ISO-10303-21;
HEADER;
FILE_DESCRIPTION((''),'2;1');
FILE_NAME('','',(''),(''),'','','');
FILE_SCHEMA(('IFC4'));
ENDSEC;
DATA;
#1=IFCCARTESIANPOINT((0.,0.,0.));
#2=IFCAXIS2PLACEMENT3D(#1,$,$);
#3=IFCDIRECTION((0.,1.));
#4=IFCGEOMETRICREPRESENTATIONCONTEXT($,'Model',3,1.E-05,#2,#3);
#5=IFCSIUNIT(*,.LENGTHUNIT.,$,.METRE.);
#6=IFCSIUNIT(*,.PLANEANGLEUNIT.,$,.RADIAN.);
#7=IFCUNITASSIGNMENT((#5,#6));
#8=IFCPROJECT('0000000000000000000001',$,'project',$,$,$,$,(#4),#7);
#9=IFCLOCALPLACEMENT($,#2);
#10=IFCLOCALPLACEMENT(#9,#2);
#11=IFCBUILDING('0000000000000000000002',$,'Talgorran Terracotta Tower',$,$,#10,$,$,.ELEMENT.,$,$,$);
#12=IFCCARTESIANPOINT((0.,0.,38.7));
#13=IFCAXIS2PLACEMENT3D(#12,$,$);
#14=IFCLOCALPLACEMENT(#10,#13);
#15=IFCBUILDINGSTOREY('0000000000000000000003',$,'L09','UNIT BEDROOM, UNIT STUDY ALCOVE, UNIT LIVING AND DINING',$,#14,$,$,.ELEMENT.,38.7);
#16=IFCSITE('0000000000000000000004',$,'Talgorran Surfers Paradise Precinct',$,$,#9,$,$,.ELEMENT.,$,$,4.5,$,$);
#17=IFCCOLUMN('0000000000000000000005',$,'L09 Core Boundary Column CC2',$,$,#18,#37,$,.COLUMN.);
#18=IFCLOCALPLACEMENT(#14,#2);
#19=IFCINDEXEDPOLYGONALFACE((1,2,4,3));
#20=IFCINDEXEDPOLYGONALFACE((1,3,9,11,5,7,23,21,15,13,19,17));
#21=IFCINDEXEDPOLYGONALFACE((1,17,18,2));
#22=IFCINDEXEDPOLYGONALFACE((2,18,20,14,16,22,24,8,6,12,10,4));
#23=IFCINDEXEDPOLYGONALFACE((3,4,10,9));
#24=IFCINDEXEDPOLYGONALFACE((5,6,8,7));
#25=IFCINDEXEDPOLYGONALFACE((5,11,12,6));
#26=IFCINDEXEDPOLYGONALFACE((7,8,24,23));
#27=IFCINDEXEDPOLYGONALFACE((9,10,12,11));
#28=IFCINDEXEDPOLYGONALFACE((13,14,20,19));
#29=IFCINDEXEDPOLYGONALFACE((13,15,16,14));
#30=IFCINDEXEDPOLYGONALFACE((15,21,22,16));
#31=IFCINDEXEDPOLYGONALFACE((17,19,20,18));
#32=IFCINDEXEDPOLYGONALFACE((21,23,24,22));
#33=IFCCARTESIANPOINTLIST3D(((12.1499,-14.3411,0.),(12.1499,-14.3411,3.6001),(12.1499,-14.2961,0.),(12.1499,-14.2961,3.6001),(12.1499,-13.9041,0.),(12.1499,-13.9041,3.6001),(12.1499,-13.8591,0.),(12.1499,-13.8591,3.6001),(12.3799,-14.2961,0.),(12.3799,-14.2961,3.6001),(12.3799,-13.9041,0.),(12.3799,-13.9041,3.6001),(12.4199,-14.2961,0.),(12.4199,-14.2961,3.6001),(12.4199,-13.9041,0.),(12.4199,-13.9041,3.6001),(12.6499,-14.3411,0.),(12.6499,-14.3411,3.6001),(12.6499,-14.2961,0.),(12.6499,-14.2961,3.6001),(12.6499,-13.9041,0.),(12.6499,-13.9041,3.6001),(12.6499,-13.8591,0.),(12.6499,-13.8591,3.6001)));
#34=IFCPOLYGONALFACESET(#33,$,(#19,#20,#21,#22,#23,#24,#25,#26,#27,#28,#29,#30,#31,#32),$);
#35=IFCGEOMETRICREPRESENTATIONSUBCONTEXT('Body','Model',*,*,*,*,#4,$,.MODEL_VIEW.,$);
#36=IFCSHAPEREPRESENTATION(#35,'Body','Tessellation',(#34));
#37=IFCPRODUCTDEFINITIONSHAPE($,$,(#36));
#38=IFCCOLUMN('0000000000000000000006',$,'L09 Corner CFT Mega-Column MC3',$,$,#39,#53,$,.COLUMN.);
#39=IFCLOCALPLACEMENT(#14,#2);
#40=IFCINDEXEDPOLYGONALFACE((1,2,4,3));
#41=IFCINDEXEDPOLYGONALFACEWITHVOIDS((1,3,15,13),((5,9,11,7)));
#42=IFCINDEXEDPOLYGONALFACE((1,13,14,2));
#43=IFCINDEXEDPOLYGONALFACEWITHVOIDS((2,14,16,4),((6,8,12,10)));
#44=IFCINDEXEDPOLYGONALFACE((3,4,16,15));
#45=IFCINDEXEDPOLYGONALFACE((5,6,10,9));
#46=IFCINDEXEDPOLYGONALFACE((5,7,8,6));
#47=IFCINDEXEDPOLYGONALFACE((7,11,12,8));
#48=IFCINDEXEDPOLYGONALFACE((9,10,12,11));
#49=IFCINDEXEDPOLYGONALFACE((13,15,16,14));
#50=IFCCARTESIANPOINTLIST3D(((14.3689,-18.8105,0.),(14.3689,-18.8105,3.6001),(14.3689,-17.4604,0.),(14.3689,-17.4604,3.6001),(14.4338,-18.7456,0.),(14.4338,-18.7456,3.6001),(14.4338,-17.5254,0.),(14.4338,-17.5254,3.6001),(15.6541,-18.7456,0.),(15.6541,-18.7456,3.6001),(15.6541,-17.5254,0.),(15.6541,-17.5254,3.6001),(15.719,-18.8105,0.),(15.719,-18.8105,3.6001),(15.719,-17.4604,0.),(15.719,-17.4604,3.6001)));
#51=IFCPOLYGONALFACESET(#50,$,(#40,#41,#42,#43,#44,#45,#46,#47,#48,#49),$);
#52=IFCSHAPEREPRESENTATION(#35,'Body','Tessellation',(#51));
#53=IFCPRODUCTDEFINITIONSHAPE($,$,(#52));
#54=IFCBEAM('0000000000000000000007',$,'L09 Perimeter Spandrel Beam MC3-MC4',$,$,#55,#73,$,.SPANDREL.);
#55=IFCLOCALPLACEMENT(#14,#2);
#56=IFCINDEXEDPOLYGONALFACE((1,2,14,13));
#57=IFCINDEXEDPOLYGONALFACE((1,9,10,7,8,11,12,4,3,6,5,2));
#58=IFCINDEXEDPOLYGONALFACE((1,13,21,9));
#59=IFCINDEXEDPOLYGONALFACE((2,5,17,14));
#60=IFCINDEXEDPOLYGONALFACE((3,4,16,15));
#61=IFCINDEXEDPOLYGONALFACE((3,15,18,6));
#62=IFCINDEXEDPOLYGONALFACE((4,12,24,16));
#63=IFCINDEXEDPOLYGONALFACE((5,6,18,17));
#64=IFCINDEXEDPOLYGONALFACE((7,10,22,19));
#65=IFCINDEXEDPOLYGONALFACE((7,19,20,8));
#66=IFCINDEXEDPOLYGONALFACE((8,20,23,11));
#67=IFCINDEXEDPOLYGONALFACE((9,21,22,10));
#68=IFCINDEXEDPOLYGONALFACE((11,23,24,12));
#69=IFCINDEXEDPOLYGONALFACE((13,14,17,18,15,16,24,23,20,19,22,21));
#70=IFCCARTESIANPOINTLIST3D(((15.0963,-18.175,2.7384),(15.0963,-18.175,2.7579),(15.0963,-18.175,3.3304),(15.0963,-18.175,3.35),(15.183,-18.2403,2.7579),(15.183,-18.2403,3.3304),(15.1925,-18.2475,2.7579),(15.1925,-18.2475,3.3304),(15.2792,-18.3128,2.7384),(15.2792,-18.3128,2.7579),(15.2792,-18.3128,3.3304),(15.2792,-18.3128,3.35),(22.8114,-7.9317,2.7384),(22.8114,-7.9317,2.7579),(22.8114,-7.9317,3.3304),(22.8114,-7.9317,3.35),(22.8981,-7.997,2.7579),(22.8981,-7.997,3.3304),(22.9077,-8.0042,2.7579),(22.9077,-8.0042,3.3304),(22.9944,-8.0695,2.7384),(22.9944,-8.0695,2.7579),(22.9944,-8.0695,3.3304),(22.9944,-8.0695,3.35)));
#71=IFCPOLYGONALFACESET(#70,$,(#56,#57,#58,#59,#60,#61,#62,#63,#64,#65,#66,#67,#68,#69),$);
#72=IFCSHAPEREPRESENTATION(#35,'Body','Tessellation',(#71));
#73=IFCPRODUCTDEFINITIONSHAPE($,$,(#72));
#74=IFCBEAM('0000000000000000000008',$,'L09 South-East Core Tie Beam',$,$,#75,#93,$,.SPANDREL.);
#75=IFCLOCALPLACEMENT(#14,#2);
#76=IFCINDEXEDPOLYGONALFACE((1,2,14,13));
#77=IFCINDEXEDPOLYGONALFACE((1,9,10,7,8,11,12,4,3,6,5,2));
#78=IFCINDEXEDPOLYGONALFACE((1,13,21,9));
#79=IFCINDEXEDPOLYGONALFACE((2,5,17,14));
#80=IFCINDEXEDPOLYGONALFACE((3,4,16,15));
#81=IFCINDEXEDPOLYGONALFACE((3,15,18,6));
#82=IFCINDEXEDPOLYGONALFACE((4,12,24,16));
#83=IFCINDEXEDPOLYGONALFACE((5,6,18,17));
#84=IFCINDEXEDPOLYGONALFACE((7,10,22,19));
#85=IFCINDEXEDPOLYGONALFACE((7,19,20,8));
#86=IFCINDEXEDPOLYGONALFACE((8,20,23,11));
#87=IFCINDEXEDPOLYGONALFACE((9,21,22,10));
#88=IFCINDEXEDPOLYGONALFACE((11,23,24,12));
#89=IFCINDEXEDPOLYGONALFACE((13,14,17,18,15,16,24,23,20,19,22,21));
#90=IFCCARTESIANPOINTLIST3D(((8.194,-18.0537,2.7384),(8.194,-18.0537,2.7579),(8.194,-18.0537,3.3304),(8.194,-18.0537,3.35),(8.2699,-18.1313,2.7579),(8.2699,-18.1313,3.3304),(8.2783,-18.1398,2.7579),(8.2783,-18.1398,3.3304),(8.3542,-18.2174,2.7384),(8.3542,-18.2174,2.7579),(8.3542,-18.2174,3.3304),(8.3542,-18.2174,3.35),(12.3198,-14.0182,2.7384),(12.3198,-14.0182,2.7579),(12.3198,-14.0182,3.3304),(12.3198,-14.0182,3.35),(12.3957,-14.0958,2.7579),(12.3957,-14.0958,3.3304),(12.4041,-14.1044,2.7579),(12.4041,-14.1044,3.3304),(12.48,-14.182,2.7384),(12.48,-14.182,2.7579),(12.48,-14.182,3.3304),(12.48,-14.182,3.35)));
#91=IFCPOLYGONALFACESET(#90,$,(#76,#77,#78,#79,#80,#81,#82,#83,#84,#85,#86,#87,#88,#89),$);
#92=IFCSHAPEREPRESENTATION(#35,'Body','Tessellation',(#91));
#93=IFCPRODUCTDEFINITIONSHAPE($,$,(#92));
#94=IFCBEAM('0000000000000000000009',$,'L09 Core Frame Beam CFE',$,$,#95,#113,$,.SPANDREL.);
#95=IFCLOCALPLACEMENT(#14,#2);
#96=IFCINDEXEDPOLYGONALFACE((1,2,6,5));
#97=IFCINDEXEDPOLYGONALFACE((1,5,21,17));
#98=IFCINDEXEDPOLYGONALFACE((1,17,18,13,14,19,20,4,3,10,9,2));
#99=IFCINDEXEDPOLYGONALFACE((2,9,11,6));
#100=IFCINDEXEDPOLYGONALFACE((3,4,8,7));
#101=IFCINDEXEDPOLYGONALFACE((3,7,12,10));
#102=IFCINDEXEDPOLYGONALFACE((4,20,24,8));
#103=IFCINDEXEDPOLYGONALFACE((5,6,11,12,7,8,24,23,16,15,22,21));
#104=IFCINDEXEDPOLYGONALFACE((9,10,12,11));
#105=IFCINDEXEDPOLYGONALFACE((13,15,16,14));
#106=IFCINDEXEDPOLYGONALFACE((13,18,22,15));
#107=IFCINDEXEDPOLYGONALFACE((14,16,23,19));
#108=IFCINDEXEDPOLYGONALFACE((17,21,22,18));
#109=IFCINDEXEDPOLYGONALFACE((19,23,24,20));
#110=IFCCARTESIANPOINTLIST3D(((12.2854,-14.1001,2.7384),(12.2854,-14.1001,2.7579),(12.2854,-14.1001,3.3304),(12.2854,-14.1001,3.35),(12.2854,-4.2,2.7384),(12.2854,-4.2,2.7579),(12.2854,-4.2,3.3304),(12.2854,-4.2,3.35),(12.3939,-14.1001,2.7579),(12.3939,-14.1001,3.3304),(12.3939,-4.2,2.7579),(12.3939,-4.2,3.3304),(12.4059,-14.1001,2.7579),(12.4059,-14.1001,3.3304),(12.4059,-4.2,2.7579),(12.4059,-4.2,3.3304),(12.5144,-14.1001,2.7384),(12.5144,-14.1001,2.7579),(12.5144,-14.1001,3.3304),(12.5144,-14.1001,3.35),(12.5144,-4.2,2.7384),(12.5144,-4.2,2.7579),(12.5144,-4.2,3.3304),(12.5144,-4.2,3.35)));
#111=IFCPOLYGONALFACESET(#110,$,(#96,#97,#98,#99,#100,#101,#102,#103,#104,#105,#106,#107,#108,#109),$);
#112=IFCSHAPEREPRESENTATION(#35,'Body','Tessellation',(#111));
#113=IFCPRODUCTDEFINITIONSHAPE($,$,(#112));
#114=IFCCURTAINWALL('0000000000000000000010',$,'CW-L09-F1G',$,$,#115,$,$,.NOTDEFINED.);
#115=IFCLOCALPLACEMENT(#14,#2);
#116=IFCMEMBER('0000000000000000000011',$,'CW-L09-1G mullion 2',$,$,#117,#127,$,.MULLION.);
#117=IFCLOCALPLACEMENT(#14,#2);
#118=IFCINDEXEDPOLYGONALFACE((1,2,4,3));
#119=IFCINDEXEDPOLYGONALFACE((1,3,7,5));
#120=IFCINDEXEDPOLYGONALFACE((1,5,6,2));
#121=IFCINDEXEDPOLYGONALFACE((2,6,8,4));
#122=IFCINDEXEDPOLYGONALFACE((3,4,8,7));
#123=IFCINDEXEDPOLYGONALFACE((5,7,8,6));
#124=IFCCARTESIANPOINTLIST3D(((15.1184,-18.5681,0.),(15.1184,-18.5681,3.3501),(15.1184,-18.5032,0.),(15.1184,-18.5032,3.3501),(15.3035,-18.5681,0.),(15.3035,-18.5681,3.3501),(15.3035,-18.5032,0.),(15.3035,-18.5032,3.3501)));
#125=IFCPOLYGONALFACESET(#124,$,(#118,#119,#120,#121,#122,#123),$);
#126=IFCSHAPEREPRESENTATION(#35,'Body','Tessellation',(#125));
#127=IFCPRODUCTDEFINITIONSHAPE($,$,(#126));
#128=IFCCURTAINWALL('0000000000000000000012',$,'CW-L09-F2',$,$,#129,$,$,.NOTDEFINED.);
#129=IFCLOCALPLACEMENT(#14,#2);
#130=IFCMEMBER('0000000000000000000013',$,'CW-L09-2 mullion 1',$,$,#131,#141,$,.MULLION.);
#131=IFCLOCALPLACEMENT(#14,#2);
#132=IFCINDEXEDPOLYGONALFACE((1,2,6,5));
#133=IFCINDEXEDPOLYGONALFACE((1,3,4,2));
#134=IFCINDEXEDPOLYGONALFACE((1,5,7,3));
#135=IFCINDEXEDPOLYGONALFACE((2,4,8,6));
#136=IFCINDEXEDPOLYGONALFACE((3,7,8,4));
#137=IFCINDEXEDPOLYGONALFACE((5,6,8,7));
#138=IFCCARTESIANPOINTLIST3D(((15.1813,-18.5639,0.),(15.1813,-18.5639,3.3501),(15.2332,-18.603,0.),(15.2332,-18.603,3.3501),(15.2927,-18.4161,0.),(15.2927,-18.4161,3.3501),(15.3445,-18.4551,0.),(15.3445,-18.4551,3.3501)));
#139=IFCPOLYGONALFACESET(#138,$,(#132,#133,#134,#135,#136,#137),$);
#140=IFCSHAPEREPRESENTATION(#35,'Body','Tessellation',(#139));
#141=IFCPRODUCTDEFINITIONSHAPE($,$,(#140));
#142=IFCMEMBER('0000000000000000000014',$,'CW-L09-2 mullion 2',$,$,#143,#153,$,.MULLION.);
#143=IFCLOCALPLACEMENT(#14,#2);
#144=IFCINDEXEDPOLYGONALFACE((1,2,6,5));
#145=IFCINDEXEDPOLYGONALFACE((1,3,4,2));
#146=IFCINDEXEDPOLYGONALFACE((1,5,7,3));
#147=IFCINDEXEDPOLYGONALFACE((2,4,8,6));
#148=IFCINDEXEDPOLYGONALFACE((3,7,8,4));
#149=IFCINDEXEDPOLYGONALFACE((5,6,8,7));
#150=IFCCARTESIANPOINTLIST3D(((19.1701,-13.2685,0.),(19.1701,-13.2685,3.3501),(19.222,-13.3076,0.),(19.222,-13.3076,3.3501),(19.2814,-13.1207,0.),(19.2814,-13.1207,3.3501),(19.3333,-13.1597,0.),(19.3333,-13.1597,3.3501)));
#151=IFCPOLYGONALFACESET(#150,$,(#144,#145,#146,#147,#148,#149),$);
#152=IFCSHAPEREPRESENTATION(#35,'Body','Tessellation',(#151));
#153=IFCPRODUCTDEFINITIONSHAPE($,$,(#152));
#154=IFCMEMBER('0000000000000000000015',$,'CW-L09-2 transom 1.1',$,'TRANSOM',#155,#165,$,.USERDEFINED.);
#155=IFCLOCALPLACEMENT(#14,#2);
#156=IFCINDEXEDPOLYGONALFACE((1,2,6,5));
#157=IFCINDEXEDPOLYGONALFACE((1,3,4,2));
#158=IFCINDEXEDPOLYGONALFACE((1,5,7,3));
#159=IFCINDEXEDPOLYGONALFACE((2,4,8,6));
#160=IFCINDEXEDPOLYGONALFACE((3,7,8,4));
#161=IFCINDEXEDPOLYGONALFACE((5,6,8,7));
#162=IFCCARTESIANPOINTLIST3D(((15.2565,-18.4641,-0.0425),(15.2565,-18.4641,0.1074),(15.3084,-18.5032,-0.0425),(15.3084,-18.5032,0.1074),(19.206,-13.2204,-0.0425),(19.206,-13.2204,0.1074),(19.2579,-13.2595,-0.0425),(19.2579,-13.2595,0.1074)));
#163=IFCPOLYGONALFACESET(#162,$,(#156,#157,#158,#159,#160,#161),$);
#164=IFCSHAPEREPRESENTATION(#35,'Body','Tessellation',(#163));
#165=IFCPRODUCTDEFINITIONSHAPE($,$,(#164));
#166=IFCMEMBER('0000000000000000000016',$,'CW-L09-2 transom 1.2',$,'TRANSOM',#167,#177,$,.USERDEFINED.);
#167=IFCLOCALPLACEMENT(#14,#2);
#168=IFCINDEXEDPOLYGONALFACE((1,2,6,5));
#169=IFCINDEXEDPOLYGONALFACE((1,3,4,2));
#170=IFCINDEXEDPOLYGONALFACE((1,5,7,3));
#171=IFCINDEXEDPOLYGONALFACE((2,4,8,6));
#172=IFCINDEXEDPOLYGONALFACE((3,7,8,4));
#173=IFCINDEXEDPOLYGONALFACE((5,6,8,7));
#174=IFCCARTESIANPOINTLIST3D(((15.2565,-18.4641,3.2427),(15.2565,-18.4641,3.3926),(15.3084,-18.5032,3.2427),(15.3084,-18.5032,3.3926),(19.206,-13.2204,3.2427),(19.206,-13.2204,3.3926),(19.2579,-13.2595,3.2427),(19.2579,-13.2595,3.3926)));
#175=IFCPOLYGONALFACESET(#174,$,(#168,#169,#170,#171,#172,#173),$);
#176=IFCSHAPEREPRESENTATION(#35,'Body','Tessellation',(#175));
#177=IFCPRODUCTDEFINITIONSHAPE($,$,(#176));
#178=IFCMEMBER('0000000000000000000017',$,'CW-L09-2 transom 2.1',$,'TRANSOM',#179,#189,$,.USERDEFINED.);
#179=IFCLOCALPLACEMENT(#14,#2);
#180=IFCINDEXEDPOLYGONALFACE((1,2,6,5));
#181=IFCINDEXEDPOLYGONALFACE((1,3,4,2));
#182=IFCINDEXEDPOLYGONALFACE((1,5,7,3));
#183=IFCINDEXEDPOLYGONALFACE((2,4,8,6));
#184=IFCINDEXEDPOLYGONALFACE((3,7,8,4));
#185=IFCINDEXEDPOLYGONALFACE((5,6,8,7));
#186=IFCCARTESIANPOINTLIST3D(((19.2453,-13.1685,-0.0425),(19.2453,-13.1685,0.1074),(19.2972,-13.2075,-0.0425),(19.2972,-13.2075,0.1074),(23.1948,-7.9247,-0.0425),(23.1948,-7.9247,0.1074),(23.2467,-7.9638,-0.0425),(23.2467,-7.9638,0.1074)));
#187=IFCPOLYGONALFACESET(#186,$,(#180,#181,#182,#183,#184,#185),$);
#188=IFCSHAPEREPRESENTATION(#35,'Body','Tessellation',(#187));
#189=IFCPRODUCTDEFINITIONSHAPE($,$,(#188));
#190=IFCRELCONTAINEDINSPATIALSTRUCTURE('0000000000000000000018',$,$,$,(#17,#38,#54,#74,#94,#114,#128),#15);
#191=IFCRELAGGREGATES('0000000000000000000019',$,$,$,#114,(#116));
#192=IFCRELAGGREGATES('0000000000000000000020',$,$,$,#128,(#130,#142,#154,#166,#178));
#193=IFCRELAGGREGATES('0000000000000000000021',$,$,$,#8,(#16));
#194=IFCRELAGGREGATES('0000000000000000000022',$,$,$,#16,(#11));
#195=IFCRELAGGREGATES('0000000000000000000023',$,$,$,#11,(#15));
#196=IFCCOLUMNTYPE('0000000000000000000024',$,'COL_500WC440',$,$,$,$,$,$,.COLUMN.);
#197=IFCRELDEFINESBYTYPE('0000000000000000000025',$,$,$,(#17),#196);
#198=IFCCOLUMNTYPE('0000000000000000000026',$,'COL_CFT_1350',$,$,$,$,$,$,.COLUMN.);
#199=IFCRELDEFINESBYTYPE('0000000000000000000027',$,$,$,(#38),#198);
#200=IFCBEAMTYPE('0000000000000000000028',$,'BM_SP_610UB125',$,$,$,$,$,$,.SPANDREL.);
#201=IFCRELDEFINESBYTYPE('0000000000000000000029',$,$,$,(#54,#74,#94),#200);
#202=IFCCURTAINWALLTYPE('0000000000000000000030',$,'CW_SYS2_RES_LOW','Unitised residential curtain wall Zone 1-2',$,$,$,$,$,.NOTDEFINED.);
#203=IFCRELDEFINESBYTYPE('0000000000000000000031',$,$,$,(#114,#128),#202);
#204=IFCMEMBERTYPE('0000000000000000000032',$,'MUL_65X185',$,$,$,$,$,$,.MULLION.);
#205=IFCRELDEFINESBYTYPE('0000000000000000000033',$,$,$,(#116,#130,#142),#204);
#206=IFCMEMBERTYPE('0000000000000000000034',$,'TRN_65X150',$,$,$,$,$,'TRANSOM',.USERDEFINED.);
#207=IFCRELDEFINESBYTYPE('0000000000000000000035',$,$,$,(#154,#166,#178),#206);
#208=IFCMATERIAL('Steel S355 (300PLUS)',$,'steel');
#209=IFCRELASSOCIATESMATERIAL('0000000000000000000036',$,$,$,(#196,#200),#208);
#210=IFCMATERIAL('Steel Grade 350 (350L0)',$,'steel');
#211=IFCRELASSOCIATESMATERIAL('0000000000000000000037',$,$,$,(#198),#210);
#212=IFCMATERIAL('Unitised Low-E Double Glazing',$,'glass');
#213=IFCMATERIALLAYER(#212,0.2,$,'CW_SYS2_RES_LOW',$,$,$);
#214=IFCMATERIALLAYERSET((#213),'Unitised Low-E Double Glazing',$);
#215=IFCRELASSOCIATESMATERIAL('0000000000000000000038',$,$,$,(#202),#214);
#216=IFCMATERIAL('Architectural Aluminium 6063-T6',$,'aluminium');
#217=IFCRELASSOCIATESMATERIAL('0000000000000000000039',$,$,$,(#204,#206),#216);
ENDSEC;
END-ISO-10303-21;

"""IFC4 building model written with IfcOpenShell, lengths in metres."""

from ifc_helpers import new_model, si_unit, direction, frame, origin, origin_2d, place, context, subcontext, project, spatial, rectangle, hollow_rectangle, i_section, extrude, material, layer, layer_set, material_profile, profile_set, type_object, element, aggregate, save


model = new_model("IFC4")

# Units and contexts
model_context = context("Model", 3, precision=1e-05, world=origin(), true_north=direction((0.0, 1.0)))
body_context = subcontext(model_context, "Body", "Model", "MODEL_VIEW")
ifc_project = project(units=[si_unit("LENGTHUNIT", "METRE"), si_unit("PLANEANGLEUNIT", "RADIAN")], contexts=[model_context])

# Site, building, storey
site_placement = place(None, origin())
site = spatial("IfcSite", under=ifc_project, at=site_placement, Name="Talgorran Surfers Paradise Precinct", CompositionType="ELEMENT", RefElevation=4.5)
building_placement = place(site_placement, origin())
building = spatial("IfcBuilding", under=site, at=building_placement, Name="Talgorran Terracotta Tower", CompositionType="ELEMENT")
storey_placement = place(building_placement, frame((0.0, 0.0, 38.7)))
storey = spatial("IfcBuildingStorey", under=building, at=storey_placement, Name="L09", Description="UNIT BEDROOM, UNIT STUDY ALCOVE, UNIT LIVING AND DINING", CompositionType="ELEMENT", Elevation=38.7)

# Columns
ifc_material_1 = material(Name="Steel S355 (300PLUS)", Category="steel")
ifc_material_profile_1 = material_profile(ifc_material_1, i_section(OverallWidth=0.5, OverallDepth=0.4819, WebThickness=0.04, FlangeThickness=0.0449, at=origin_2d()), Name="500WC440")
ifc_profile_set_1 = profile_set([ifc_material_profile_1], Name="Steel S355 (300PLUS)")
column_type_1 = type_object("IfcColumnType", Name="COL_500WC440", PredefinedType="COLUMN", material=ifc_profile_set_1)
column_1_placement = place(storey_placement, frame((12.3999, -14.1001, 0.0), z_axis=(0.0, 0.0, 1.0), x_axis=(1.0, 0.0, 0.0)))
element("IfcColumn", 1, at=column_1_placement, inside=storey, type_object=column_type_1, Name="L09 Core Boundary Column CC2", PredefinedType="COLUMN", context=body_context, shape_type="SweptSolid", body=[
    extrude(i_section(OverallWidth=0.5, OverallDepth=0.4819, WebThickness=0.04, FlangeThickness=0.0449, at=origin_2d()), origin(), (0.0, 0.0, 1.0), 3.6001),
])
ifc_material_2 = material(Name="Steel Grade 350 (350L0)", Category="steel")
ifc_material_profile_2 = material_profile(ifc_material_2, hollow_rectangle(XDim=1.3501, YDim=1.3501, WallThickness=0.0649, at=origin_2d()), Name="CFT1350X1350X65")
ifc_profile_set_2 = profile_set([ifc_material_profile_2], Name="Steel Grade 350 (350L0)")
column_type_2 = type_object("IfcColumnType", Name="COL_CFT_1350", PredefinedType="COLUMN", material=ifc_profile_set_2)
column_2_placement = place(storey_placement, frame((15.0439, -18.1355, 0.0), z_axis=(0.0, 0.0, 1.0), x_axis=(1.0, 0.0, 0.0)))
element("IfcColumn", 2, at=column_2_placement, inside=storey, type_object=column_type_2, Name="L09 Corner CFT Mega-Column MC3", PredefinedType="COLUMN", context=body_context, shape_type="SweptSolid", body=[
    extrude(hollow_rectangle(XDim=1.3501, YDim=1.3501, WallThickness=0.0649, at=origin_2d()), origin(), (0.0, 0.0, 1.0), 3.6001),
])

# Beams
ifc_material_profile_3 = material_profile(ifc_material_1, i_section(OverallWidth=0.229, OverallDepth=0.6116, WebThickness=0.012, FlangeThickness=0.0195, at=origin_2d()), Name="610UB125")
ifc_profile_set_3 = profile_set([ifc_material_profile_3], Name="Steel S355 (300PLUS)")
beam_type = type_object("IfcBeamType", Name="BM_SP_610UB125", PredefinedType="SPANDREL", material=ifc_profile_set_3)
beam_1_placement = place(storey_placement, frame((15.1877, -18.2439, 3.0442), z_axis=(0.601631, 0.798774, 0.0), x_axis=(-0.798774, 0.601631, 0.0)))
element("IfcBeam", 3, at=beam_1_placement, inside=storey, type_object=beam_type, Name="L09 Perimeter Spandrel Beam MC3-MC4", PredefinedType="SPANDREL", context=body_context, shape_type="SweptSolid", body=[
    extrude(i_section(OverallWidth=0.229, OverallDepth=0.6116, WebThickness=0.012, FlangeThickness=0.0195, at=origin_2d()), origin(), (0.0, 0.0, 1.0), 12.8237),
])
beam_2_placement = place(storey_placement, frame((12.3999, -14.1001, 3.0442), z_axis=(-0.71489, -0.699237, 0.0), x_axis=(0.699237, -0.71489, 0.0)))
element("IfcBeam", 4, at=beam_2_placement, inside=storey, type_object=beam_type, Name="L09 South-East Core Tie Beam", PredefinedType="SPANDREL", context=body_context, shape_type="SweptSolid", body=[
    extrude(i_section(OverallWidth=0.229, OverallDepth=0.6116, WebThickness=0.012, FlangeThickness=0.0195, at=origin_2d()), origin(), (0.0, 0.0, 1.0), 5.7712),
])
beam_3_placement = place(storey_placement, frame((12.3999, -14.1001, 3.0442), z_axis=(0.0, 1.0, 0.0), x_axis=(-1.0, 0.0, 0.0)))
element("IfcBeam", 5, at=beam_3_placement, inside=storey, type_object=beam_type, Name="L09 Core Frame Beam CFE", PredefinedType="SPANDREL", context=body_context, shape_type="SweptSolid", body=[
    extrude(i_section(OverallWidth=0.229, OverallDepth=0.6116, WebThickness=0.012, FlangeThickness=0.0195, at=origin_2d()), origin(), (0.0, 0.0, 1.0), 9.9001),
])

# Curtain wall, member
ifc_material_3 = material(Name="Unitised Low-E Double Glazing", Category="glass")
ifc_layer_1 = layer(ifc_material_3, 0.2, Name="CW_SYS2_RES_LOW")
ifc_layer_set_1 = layer_set([ifc_layer_1], Name="Unitised Low-E Double Glazing")
curtain_wall_type = type_object("IfcCurtainWallType", Name="CW_SYS2_RES_LOW", Description="Unitised residential curtain wall Zone 1-2", PredefinedType="NOTDEFINED", material=ifc_layer_set_1)
curtain_wall_1_placement = place(storey_placement, origin())
curtain_wall_1 = element("IfcCurtainWall", 6, at=curtain_wall_1_placement, inside=storey, type_object=curtain_wall_type, Name="CW-L09-F1G", PredefinedType="NOTDEFINED")
ifc_material_4 = material(Name="Architectural Aluminium 6063-T6", Category="aluminium")
ifc_material_profile_4 = material_profile(ifc_material_4, rectangle(XDim=0.0649, YDim=0.1851, at=origin_2d()), Name="CWM65X185")
ifc_profile_set_4 = profile_set([ifc_material_profile_4], Name="Architectural Aluminium 6063-T6")
member_type_1 = type_object("IfcMemberType", Name="MUL_65X185", PredefinedType="MULLION", material=ifc_profile_set_4)
member_1_placement = place(storey_placement, frame((15.2109, -18.5356, 0.0), z_axis=(0.0, 0.0, 1.0), x_axis=(0.0, 1.0, 0.0)))
member_1 = element("IfcMember", 7, at=member_1_placement, type_object=member_type_1, Name="CW-L09-1G mullion 2", PredefinedType="MULLION", context=body_context, shape_type="SweptSolid", body=[
    extrude(rectangle(XDim=0.0649, YDim=0.1851, at=origin_2d()), origin(), (0.0, 0.0, 1.0), 3.3501),
])

# Curtain wall, members
curtain_wall_2_placement = place(storey_placement, origin())
curtain_wall_2 = element("IfcCurtainWall", 8, at=curtain_wall_2_placement, inside=storey, type_object=curtain_wall_type, Name="CW-L09-F2", PredefinedType="NOTDEFINED")
member_2_placement = place(storey_placement, frame((15.2629, -18.5095, 0.0), z_axis=(0.0, 0.0, 1.0), x_axis=(-0.798774, 0.601632, 0.0)))
member_2 = element("IfcMember", 9, at=member_2_placement, type_object=member_type_1, Name="CW-L09-2 mullion 1", PredefinedType="MULLION", context=body_context, shape_type="SweptSolid", body=[
    extrude(rectangle(XDim=0.0649, YDim=0.1851, at=origin_2d()), origin(), (0.0, 0.0, 1.0), 3.3501),
])
member_3_placement = place(storey_placement, frame((19.2517, -13.2141, 0.0), z_axis=(0.0, 0.0, 1.0), x_axis=(-0.798774, 0.601632, 0.0)))
member_3 = element("IfcMember", 10, at=member_3_placement, type_object=member_type_1, Name="CW-L09-2 mullion 2", PredefinedType="MULLION", context=body_context, shape_type="SweptSolid", body=[
    extrude(rectangle(XDim=0.0649, YDim=0.1851, at=origin_2d()), origin(), (0.0, 0.0, 1.0), 3.3501),
])
ifc_material_profile_5 = material_profile(ifc_material_4, rectangle(XDim=0.0649, YDim=0.1499, at=origin_2d()), Name="CWT65X150")
ifc_profile_set_5 = profile_set([ifc_material_profile_5], Name="Architectural Aluminium 6063-T6")
member_type_2 = type_object("IfcMemberType", Name="TRN_65X150", ElementType="TRANSOM", PredefinedType="USERDEFINED", material=ifc_profile_set_5)
member_4_placement = place(storey_placement, frame((15.2825, -18.4836, 0.0325), z_axis=(0.601629, 0.798776, 0.0), x_axis=(-0.798776, 0.601629, 0.0)))
member_4 = element("IfcMember", 11, at=member_4_placement, type_object=member_type_2, Name="CW-L09-2 transom 1.1", ObjectType="TRANSOM", PredefinedType="USERDEFINED", context=body_context, shape_type="SweptSolid", body=[
    extrude(rectangle(XDim=0.0649, YDim=0.1499, at=origin_2d()), origin(), (0.0, 0.0, 1.0), 6.5647),
])
member_5_placement = place(storey_placement, frame((15.2825, -18.4836, 3.3176), z_axis=(0.601629, 0.798776, 0.0), x_axis=(-0.798776, 0.601629, 0.0)))
member_5 = element("IfcMember", 12, at=member_5_placement, type_object=member_type_2, Name="CW-L09-2 transom 1.2", ObjectType="TRANSOM", PredefinedType="USERDEFINED", context=body_context, shape_type="SweptSolid", body=[
    extrude(rectangle(XDim=0.0649, YDim=0.1499, at=origin_2d()), origin(), (0.0, 0.0, 1.0), 6.5647),
])
member_6_placement = place(storey_placement, frame((19.2712, -13.188, 0.0325), z_axis=(0.601629, 0.798776, 0.0), x_axis=(-0.798776, 0.601629, 0.0)))
member_6 = element("IfcMember", 13, at=member_6_placement, type_object=member_type_2, Name="CW-L09-2 transom 2.1", ObjectType="TRANSOM", PredefinedType="USERDEFINED", context=body_context, shape_type="SweptSolid", body=[
    extrude(rectangle(XDim=0.0649, YDim=0.1499, at=origin_2d()), origin(), (0.0, 0.0, 1.0), 6.5647),
])

aggregate(curtain_wall_1, [member_1])
aggregate(curtain_wall_2, [member_2, member_3, member_4, member_5, member_6])

save(model, "model.ifc")
